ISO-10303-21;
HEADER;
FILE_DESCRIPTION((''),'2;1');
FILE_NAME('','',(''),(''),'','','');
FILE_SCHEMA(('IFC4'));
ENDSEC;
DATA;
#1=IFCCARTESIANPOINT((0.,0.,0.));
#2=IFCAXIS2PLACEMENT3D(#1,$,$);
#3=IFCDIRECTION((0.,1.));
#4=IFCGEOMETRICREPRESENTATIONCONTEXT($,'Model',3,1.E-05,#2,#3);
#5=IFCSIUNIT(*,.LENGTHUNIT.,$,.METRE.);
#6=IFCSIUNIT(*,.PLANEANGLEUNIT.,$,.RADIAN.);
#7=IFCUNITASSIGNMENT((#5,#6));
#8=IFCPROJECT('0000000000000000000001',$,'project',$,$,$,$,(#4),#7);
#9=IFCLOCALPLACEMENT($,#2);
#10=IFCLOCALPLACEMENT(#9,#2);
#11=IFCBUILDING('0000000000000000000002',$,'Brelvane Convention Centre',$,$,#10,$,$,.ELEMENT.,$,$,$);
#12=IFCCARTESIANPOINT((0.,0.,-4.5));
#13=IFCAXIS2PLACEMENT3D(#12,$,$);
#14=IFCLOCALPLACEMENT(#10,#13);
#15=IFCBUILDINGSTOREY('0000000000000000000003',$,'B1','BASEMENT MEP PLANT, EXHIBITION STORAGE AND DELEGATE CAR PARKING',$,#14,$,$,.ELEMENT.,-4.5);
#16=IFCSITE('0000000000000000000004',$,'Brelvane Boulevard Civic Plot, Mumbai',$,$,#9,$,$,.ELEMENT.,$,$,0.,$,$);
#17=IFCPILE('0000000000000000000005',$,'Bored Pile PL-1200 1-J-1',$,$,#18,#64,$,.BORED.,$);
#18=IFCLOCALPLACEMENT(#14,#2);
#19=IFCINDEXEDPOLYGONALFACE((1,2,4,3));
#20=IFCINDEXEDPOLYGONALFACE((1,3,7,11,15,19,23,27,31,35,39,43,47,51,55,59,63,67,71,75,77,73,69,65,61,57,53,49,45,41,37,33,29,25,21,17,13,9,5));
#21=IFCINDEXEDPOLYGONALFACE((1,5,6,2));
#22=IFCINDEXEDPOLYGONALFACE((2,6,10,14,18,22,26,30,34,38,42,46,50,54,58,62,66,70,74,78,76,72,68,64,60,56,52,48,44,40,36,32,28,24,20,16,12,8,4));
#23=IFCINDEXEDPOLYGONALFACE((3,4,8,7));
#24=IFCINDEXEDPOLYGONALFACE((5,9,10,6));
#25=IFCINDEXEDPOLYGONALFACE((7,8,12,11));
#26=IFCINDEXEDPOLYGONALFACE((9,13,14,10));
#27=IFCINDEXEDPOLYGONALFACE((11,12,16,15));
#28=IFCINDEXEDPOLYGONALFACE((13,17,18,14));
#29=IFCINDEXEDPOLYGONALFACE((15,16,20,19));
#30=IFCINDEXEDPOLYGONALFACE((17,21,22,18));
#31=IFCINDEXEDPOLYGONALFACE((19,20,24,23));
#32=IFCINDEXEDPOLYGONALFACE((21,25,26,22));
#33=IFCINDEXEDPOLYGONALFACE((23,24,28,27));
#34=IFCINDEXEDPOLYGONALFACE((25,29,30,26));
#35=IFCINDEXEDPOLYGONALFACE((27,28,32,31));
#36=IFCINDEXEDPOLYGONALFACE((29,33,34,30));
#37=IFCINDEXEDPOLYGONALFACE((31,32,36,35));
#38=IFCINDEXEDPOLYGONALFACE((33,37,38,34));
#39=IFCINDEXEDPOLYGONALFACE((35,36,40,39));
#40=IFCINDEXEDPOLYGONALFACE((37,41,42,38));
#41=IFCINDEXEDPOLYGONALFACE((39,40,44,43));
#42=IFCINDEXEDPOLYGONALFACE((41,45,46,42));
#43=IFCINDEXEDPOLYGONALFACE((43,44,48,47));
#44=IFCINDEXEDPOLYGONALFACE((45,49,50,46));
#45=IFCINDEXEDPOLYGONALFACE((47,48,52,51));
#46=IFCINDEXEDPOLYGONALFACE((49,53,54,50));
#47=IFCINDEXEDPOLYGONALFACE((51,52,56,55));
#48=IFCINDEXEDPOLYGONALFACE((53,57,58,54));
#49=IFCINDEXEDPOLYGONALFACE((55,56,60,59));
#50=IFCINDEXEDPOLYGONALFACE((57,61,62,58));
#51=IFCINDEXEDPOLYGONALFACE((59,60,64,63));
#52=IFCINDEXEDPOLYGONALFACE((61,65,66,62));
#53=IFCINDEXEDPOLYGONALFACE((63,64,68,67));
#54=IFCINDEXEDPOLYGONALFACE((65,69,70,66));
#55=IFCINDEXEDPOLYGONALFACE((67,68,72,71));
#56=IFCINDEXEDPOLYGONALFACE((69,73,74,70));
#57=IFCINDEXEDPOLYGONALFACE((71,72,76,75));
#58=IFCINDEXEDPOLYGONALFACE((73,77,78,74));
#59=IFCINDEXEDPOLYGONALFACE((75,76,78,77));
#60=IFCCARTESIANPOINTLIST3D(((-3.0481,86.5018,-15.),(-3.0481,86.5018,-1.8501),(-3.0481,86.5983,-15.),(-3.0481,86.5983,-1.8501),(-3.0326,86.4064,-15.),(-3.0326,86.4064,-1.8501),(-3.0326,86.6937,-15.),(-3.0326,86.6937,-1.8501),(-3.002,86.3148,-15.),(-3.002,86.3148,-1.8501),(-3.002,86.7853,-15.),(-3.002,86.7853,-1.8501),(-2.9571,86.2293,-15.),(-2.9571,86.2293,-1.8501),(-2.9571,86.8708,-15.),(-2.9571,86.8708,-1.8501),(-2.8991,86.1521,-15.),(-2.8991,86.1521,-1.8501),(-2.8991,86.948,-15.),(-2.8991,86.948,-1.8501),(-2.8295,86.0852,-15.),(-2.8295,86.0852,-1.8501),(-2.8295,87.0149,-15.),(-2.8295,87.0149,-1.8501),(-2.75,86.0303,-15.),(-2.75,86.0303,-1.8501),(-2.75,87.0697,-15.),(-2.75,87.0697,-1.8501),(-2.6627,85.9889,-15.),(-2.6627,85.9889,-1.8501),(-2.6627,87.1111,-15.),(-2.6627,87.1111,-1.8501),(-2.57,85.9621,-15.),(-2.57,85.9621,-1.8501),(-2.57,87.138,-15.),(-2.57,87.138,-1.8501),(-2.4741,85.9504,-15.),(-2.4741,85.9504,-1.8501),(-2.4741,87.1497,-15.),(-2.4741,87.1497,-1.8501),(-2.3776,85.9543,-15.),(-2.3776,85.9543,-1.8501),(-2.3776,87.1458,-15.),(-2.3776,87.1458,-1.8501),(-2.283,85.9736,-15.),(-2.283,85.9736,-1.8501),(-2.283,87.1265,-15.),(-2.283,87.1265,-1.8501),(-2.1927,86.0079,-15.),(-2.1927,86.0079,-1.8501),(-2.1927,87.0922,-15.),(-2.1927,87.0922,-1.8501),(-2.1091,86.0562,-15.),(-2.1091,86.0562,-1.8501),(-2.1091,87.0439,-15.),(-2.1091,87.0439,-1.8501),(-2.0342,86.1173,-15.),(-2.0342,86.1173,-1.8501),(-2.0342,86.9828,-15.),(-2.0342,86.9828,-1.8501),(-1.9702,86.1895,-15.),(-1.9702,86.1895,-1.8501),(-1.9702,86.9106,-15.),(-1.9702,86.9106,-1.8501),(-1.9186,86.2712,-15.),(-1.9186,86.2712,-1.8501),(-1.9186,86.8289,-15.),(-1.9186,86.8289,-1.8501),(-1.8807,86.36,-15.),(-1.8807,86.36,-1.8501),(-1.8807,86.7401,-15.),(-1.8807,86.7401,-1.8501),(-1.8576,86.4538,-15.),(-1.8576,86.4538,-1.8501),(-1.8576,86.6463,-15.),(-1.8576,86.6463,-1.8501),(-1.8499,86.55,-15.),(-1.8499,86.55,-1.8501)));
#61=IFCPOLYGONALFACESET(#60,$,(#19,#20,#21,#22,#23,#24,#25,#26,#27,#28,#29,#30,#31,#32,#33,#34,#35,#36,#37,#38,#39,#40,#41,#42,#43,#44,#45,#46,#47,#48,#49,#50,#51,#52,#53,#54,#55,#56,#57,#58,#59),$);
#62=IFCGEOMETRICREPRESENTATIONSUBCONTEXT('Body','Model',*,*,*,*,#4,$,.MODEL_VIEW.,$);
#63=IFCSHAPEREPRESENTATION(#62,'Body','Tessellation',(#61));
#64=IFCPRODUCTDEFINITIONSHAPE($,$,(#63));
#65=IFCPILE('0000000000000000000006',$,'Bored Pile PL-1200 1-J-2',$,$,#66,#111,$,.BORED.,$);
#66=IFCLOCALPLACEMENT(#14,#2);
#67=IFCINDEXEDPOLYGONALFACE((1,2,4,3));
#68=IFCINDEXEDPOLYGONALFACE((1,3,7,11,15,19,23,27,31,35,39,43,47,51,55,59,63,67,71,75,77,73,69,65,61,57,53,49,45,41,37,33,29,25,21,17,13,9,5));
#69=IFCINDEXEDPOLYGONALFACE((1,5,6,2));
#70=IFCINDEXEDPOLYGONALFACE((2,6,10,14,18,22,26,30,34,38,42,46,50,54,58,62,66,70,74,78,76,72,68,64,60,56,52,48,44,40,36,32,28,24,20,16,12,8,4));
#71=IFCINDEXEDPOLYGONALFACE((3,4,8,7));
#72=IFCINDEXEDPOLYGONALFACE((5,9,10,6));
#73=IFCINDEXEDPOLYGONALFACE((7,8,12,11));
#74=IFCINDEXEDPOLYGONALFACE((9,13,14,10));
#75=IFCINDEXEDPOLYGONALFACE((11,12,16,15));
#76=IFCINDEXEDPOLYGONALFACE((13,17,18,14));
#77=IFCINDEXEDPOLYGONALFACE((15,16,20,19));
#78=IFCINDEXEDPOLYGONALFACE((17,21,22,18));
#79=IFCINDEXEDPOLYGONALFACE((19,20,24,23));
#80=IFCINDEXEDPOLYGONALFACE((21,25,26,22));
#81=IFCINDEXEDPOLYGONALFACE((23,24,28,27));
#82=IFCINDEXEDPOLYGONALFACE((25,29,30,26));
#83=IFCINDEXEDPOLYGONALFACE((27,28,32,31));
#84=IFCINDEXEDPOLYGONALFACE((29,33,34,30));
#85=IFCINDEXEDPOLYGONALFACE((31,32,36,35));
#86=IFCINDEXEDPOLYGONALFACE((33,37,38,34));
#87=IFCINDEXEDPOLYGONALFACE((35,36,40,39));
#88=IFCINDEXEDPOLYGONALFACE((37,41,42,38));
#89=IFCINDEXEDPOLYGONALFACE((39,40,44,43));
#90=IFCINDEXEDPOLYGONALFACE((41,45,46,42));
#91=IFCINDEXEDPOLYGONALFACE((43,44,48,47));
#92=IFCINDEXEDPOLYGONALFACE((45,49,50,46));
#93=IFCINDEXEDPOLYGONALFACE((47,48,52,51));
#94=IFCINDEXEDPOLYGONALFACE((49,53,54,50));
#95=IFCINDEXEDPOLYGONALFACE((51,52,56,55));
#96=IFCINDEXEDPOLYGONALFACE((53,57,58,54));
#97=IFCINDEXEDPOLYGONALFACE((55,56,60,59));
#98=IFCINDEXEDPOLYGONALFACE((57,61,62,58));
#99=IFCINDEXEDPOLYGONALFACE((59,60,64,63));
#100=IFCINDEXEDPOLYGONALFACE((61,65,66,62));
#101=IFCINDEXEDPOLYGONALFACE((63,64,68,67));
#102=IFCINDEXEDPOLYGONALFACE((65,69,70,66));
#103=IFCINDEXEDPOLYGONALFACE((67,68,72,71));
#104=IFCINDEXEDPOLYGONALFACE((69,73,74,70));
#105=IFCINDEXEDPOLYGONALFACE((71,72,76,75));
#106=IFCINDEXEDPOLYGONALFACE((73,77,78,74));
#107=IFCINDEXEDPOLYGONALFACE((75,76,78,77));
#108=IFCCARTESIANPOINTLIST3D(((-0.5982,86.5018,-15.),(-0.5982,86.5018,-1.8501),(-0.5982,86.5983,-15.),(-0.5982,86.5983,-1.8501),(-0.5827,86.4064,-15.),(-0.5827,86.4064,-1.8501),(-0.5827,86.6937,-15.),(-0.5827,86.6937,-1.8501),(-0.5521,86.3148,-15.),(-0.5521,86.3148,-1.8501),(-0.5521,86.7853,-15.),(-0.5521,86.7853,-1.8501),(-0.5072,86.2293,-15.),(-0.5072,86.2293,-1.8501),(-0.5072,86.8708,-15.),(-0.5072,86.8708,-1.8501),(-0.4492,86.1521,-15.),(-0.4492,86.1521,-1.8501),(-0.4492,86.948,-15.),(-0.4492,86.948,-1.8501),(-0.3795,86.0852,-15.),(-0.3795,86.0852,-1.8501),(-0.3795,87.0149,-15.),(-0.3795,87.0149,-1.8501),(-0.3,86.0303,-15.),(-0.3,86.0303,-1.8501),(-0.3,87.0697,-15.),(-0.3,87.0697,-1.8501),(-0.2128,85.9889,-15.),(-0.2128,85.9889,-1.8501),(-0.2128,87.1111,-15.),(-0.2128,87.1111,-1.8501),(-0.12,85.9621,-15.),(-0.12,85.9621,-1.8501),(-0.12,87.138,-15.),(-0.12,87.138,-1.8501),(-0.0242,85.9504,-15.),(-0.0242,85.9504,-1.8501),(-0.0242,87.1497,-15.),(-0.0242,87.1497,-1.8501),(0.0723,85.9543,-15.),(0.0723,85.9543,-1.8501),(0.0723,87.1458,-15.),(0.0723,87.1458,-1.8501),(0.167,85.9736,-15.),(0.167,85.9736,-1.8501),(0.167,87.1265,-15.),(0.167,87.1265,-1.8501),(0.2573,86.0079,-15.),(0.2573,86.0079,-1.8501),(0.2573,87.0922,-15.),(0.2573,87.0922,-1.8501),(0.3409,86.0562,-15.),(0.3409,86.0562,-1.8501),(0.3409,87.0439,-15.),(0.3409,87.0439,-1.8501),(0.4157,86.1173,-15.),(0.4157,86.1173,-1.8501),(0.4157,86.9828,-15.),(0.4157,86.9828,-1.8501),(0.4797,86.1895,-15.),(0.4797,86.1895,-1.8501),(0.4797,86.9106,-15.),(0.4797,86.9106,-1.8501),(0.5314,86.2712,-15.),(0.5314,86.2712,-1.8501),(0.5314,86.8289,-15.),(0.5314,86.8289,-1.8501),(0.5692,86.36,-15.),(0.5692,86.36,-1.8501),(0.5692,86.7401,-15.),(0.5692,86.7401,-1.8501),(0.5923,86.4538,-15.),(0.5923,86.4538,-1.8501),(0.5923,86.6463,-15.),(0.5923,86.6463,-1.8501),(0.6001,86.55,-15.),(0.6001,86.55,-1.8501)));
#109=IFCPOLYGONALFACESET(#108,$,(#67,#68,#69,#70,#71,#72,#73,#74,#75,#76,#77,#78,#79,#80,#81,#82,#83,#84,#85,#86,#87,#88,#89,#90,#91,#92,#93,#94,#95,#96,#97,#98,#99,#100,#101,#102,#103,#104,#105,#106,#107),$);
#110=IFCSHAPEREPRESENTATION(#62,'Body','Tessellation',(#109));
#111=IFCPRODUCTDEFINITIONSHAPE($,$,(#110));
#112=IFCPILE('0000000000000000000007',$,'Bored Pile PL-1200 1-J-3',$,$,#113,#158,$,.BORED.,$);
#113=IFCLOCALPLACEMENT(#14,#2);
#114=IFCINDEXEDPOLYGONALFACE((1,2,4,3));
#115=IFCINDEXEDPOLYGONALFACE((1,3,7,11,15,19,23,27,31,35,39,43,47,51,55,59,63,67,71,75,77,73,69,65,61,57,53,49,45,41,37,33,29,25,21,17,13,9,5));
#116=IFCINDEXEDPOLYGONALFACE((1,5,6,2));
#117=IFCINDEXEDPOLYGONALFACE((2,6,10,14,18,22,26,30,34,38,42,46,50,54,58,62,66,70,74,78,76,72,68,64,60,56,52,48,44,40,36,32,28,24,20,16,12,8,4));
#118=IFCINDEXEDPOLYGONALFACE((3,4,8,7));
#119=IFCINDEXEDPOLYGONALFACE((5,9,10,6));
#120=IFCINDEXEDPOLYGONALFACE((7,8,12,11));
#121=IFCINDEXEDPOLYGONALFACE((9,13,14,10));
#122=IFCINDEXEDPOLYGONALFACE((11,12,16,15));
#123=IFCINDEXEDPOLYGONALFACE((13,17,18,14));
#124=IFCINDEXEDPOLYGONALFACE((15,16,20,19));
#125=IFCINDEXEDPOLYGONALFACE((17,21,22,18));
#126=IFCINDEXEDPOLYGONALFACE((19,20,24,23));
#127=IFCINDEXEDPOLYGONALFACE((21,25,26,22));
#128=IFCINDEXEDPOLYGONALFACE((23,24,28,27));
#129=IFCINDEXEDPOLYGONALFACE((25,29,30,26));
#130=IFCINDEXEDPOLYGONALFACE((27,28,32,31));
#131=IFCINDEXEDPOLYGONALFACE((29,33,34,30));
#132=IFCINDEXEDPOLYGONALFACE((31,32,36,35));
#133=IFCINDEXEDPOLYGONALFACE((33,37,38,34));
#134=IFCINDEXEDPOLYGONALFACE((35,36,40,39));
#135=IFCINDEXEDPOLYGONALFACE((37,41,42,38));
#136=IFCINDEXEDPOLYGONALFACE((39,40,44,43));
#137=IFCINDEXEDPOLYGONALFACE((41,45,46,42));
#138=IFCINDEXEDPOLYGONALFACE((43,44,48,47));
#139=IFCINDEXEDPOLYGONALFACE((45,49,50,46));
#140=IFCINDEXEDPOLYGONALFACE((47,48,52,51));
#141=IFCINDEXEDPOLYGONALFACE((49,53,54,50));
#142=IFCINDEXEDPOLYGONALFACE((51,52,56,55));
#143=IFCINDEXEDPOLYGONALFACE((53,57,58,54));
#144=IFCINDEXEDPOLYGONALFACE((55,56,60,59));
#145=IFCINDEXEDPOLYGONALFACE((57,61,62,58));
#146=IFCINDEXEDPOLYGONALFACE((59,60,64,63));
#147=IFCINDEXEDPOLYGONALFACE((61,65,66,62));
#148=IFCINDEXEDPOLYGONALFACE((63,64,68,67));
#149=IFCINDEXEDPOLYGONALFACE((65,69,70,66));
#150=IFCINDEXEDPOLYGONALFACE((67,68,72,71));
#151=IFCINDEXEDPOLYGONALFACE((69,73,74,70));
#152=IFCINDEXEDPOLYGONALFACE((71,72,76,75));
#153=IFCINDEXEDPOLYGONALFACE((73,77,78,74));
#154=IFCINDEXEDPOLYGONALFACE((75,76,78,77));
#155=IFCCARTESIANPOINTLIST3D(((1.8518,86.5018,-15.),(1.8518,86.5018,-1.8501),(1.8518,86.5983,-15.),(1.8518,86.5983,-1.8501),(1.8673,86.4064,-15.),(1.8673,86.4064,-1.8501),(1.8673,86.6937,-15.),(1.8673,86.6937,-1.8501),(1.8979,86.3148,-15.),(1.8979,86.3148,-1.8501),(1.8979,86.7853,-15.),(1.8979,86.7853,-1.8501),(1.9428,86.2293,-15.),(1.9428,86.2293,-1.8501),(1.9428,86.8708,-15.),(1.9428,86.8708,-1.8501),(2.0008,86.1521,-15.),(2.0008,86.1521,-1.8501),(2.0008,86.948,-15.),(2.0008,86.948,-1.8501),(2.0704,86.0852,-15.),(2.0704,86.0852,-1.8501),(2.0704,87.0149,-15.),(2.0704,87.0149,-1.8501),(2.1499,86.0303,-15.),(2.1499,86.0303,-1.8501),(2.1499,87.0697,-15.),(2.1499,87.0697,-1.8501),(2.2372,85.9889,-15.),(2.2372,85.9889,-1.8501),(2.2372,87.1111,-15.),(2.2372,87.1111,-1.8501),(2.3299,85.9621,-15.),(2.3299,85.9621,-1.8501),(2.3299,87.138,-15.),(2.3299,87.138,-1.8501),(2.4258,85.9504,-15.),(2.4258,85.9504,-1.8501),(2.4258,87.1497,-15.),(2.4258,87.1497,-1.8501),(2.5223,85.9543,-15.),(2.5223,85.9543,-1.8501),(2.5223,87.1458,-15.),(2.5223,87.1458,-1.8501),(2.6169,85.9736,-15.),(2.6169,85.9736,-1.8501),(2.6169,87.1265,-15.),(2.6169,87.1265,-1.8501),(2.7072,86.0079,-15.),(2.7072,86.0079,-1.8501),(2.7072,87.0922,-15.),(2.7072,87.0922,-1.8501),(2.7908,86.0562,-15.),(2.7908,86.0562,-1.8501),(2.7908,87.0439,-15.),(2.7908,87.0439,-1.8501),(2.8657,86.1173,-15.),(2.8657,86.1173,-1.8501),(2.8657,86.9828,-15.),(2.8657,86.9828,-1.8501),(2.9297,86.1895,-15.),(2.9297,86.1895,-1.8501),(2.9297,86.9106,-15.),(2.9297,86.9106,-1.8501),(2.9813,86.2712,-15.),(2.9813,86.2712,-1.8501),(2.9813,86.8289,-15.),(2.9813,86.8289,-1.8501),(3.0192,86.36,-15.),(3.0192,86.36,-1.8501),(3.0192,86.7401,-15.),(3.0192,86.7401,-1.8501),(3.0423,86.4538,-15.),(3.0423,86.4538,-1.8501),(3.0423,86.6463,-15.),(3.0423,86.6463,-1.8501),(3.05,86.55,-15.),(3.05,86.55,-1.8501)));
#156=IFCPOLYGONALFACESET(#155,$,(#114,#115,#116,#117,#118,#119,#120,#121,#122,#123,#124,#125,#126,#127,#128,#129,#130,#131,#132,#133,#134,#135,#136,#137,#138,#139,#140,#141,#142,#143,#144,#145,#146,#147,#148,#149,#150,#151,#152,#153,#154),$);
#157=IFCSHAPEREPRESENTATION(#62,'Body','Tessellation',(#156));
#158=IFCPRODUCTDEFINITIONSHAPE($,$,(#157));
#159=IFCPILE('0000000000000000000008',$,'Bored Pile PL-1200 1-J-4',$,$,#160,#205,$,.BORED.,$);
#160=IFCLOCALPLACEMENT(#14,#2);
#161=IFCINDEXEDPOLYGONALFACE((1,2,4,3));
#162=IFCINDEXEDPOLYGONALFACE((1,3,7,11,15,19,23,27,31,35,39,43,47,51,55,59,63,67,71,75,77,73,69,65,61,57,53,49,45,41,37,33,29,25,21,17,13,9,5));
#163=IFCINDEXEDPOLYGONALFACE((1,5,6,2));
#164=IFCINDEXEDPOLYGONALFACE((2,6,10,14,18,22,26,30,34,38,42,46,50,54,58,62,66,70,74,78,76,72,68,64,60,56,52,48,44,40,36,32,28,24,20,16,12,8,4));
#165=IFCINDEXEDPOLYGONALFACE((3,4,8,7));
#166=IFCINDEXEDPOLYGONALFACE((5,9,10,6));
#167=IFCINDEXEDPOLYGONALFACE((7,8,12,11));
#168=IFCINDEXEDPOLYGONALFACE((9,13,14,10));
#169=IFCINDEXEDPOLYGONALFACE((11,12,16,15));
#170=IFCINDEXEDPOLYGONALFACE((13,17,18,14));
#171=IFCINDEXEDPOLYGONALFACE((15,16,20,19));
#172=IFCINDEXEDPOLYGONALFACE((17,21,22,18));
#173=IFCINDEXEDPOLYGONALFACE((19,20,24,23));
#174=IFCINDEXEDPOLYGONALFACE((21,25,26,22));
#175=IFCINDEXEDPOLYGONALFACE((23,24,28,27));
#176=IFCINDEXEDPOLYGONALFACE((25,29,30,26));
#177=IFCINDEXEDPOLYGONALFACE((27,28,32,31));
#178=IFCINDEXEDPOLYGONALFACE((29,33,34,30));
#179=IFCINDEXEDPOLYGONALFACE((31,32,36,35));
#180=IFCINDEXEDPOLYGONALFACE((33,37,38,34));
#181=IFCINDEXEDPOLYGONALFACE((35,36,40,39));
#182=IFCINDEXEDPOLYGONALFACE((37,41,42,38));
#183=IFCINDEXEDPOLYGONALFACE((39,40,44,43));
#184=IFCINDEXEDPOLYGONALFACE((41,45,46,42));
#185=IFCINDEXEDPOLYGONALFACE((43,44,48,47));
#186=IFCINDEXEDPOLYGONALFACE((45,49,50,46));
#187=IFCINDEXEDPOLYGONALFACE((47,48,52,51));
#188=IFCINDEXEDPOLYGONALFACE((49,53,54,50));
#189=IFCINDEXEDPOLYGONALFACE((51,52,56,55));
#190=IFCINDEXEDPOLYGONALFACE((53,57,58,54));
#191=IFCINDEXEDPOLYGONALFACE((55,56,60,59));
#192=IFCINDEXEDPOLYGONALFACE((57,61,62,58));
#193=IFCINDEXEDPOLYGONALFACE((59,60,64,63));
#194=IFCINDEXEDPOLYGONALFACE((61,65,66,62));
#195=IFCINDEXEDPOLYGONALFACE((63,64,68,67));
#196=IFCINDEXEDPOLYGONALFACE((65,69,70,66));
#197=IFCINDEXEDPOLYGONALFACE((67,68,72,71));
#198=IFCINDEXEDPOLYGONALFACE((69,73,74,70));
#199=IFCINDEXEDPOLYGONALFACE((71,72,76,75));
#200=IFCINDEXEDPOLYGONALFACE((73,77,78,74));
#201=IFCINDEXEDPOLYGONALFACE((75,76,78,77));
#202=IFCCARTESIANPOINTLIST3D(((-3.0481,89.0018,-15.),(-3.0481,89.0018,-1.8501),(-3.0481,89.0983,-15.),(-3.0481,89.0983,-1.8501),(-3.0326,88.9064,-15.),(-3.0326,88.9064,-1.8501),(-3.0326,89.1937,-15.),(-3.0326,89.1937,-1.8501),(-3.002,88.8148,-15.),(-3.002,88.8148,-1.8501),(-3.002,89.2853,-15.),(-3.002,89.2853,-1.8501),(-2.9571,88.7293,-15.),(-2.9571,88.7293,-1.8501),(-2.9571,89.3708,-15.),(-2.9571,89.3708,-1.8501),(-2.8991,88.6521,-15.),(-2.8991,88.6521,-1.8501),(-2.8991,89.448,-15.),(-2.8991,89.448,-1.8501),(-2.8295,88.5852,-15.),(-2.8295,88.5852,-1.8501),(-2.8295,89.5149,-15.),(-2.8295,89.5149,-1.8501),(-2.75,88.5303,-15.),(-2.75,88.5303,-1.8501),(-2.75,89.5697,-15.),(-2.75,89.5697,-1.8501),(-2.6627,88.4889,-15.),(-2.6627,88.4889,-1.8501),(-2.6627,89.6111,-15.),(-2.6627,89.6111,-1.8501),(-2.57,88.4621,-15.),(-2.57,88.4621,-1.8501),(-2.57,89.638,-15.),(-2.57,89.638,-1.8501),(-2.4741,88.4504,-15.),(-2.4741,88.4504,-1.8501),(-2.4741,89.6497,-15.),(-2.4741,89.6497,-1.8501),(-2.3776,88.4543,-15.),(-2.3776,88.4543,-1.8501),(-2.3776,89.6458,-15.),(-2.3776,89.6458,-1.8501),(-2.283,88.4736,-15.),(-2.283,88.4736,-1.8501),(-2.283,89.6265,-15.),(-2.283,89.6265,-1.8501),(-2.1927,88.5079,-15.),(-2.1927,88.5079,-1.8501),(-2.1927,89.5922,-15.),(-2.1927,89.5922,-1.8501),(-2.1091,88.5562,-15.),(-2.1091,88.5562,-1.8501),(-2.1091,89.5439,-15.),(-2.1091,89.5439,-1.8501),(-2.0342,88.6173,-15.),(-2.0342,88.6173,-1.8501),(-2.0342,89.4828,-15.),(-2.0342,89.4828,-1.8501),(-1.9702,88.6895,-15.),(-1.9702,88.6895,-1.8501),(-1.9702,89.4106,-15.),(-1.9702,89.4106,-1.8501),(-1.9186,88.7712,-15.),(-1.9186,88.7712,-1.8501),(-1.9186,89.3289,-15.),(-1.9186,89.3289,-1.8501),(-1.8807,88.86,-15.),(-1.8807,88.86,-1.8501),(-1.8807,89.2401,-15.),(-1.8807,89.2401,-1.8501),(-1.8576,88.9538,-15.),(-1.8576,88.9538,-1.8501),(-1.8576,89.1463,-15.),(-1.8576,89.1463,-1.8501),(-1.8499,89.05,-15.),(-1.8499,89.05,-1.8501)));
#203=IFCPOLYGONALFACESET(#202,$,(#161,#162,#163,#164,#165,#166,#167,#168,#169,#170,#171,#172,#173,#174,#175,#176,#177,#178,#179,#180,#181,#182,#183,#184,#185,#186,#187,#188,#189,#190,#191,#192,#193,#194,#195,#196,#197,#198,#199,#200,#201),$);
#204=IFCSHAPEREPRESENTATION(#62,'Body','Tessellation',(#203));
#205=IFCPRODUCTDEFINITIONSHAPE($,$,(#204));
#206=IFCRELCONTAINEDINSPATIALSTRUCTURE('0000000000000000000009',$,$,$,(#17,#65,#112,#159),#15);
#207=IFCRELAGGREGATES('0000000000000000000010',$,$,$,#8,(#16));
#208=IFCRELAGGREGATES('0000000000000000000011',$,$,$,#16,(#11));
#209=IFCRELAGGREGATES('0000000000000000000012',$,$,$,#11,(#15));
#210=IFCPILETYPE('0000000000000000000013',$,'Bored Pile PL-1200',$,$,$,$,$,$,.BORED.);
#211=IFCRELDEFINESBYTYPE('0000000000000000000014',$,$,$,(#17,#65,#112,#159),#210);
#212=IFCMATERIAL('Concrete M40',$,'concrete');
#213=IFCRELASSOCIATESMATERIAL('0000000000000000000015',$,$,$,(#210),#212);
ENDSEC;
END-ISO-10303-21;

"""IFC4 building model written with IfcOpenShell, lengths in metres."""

from ifc_helpers import new_model, si_unit, direction, frame, origin, origin_2d, place, context, subcontext, project, spatial, circle, extrude, material, material_profile, profile_set, type_object, element, save


model = new_model("IFC4")

# Units and contexts
model_context = context("Model", 3, precision=1e-05, world=origin(), true_north=direction((0.0, 1.0)))
body_context = subcontext(model_context, "Body", "Model", "MODEL_VIEW")
ifc_project = project(units=[si_unit("LENGTHUNIT", "METRE"), si_unit("PLANEANGLEUNIT", "RADIAN")], contexts=[model_context])

# Site, building, storey
site_placement = place(None, origin())
site = spatial("IfcSite", under=ifc_project, at=site_placement, Name="Brelvane Boulevard Civic Plot, Mumbai", CompositionType="ELEMENT", RefElevation=0.0)
building_placement = place(site_placement, origin())
building = spatial("IfcBuilding", under=site, at=building_placement, Name="Brelvane Convention Centre", CompositionType="ELEMENT")
storey_placement = place(building_placement, frame((0.0, 0.0, -4.5)))
storey = spatial("IfcBuildingStorey", under=building, at=storey_placement, Name="B1", Description="BASEMENT MEP PLANT, EXHIBITION STORAGE AND DELEGATE CAR PARKING", CompositionType="ELEMENT", Elevation=-4.5)

# Piles
ifc_material_1 = material(Name="Concrete M40", Category="concrete")
ifc_material_profile_1 = material_profile(ifc_material_1, circle(Radius=0.6001, at=origin_2d()), Name="PILE D1200")
ifc_profile_set_1 = profile_set([ifc_material_profile_1], Name="Concrete M40")
pile_type_1 = type_object("IfcPileType", Name="Bored Pile PL-1200", PredefinedType="BORED", material=ifc_profile_set_1)
for number, where, z_axis, x_axis, name in (
    (1, (-2.45, 86.55, -1.8501), (0.0, 0.0, -1.0), (1.0, 0.0, 0.0), "Bored Pile PL-1200 1-J-1"),
    (2, (0.0, 86.55, -1.8501), (0.0, 0.0, -1.0), (1.0, 0.0, 0.0), "Bored Pile PL-1200 1-J-2"),
    (3, (2.45, 86.55, -1.8501), (0.0, 0.0, -1.0), (1.0, 0.0, 0.0), "Bored Pile PL-1200 1-J-3"),
    (4, (-2.45, 89.05, -1.8501), (0.0, 0.0, -1.0), (1.0, 0.0, 0.0), "Bored Pile PL-1200 1-J-4"),
):
    element("IfcPile", number, at=place(storey_placement, frame(where, z_axis=z_axis, x_axis=x_axis)), inside=storey, type_object=pile_type_1, Name=name, PredefinedType="BORED", context=body_context, shape_type="SweptSolid", body=[
        extrude(circle(Radius=0.6001, at=origin_2d()), origin(), (0.0, 0.0, 1.0), 13.1499),
    ])

save(model, "model.ifc")
